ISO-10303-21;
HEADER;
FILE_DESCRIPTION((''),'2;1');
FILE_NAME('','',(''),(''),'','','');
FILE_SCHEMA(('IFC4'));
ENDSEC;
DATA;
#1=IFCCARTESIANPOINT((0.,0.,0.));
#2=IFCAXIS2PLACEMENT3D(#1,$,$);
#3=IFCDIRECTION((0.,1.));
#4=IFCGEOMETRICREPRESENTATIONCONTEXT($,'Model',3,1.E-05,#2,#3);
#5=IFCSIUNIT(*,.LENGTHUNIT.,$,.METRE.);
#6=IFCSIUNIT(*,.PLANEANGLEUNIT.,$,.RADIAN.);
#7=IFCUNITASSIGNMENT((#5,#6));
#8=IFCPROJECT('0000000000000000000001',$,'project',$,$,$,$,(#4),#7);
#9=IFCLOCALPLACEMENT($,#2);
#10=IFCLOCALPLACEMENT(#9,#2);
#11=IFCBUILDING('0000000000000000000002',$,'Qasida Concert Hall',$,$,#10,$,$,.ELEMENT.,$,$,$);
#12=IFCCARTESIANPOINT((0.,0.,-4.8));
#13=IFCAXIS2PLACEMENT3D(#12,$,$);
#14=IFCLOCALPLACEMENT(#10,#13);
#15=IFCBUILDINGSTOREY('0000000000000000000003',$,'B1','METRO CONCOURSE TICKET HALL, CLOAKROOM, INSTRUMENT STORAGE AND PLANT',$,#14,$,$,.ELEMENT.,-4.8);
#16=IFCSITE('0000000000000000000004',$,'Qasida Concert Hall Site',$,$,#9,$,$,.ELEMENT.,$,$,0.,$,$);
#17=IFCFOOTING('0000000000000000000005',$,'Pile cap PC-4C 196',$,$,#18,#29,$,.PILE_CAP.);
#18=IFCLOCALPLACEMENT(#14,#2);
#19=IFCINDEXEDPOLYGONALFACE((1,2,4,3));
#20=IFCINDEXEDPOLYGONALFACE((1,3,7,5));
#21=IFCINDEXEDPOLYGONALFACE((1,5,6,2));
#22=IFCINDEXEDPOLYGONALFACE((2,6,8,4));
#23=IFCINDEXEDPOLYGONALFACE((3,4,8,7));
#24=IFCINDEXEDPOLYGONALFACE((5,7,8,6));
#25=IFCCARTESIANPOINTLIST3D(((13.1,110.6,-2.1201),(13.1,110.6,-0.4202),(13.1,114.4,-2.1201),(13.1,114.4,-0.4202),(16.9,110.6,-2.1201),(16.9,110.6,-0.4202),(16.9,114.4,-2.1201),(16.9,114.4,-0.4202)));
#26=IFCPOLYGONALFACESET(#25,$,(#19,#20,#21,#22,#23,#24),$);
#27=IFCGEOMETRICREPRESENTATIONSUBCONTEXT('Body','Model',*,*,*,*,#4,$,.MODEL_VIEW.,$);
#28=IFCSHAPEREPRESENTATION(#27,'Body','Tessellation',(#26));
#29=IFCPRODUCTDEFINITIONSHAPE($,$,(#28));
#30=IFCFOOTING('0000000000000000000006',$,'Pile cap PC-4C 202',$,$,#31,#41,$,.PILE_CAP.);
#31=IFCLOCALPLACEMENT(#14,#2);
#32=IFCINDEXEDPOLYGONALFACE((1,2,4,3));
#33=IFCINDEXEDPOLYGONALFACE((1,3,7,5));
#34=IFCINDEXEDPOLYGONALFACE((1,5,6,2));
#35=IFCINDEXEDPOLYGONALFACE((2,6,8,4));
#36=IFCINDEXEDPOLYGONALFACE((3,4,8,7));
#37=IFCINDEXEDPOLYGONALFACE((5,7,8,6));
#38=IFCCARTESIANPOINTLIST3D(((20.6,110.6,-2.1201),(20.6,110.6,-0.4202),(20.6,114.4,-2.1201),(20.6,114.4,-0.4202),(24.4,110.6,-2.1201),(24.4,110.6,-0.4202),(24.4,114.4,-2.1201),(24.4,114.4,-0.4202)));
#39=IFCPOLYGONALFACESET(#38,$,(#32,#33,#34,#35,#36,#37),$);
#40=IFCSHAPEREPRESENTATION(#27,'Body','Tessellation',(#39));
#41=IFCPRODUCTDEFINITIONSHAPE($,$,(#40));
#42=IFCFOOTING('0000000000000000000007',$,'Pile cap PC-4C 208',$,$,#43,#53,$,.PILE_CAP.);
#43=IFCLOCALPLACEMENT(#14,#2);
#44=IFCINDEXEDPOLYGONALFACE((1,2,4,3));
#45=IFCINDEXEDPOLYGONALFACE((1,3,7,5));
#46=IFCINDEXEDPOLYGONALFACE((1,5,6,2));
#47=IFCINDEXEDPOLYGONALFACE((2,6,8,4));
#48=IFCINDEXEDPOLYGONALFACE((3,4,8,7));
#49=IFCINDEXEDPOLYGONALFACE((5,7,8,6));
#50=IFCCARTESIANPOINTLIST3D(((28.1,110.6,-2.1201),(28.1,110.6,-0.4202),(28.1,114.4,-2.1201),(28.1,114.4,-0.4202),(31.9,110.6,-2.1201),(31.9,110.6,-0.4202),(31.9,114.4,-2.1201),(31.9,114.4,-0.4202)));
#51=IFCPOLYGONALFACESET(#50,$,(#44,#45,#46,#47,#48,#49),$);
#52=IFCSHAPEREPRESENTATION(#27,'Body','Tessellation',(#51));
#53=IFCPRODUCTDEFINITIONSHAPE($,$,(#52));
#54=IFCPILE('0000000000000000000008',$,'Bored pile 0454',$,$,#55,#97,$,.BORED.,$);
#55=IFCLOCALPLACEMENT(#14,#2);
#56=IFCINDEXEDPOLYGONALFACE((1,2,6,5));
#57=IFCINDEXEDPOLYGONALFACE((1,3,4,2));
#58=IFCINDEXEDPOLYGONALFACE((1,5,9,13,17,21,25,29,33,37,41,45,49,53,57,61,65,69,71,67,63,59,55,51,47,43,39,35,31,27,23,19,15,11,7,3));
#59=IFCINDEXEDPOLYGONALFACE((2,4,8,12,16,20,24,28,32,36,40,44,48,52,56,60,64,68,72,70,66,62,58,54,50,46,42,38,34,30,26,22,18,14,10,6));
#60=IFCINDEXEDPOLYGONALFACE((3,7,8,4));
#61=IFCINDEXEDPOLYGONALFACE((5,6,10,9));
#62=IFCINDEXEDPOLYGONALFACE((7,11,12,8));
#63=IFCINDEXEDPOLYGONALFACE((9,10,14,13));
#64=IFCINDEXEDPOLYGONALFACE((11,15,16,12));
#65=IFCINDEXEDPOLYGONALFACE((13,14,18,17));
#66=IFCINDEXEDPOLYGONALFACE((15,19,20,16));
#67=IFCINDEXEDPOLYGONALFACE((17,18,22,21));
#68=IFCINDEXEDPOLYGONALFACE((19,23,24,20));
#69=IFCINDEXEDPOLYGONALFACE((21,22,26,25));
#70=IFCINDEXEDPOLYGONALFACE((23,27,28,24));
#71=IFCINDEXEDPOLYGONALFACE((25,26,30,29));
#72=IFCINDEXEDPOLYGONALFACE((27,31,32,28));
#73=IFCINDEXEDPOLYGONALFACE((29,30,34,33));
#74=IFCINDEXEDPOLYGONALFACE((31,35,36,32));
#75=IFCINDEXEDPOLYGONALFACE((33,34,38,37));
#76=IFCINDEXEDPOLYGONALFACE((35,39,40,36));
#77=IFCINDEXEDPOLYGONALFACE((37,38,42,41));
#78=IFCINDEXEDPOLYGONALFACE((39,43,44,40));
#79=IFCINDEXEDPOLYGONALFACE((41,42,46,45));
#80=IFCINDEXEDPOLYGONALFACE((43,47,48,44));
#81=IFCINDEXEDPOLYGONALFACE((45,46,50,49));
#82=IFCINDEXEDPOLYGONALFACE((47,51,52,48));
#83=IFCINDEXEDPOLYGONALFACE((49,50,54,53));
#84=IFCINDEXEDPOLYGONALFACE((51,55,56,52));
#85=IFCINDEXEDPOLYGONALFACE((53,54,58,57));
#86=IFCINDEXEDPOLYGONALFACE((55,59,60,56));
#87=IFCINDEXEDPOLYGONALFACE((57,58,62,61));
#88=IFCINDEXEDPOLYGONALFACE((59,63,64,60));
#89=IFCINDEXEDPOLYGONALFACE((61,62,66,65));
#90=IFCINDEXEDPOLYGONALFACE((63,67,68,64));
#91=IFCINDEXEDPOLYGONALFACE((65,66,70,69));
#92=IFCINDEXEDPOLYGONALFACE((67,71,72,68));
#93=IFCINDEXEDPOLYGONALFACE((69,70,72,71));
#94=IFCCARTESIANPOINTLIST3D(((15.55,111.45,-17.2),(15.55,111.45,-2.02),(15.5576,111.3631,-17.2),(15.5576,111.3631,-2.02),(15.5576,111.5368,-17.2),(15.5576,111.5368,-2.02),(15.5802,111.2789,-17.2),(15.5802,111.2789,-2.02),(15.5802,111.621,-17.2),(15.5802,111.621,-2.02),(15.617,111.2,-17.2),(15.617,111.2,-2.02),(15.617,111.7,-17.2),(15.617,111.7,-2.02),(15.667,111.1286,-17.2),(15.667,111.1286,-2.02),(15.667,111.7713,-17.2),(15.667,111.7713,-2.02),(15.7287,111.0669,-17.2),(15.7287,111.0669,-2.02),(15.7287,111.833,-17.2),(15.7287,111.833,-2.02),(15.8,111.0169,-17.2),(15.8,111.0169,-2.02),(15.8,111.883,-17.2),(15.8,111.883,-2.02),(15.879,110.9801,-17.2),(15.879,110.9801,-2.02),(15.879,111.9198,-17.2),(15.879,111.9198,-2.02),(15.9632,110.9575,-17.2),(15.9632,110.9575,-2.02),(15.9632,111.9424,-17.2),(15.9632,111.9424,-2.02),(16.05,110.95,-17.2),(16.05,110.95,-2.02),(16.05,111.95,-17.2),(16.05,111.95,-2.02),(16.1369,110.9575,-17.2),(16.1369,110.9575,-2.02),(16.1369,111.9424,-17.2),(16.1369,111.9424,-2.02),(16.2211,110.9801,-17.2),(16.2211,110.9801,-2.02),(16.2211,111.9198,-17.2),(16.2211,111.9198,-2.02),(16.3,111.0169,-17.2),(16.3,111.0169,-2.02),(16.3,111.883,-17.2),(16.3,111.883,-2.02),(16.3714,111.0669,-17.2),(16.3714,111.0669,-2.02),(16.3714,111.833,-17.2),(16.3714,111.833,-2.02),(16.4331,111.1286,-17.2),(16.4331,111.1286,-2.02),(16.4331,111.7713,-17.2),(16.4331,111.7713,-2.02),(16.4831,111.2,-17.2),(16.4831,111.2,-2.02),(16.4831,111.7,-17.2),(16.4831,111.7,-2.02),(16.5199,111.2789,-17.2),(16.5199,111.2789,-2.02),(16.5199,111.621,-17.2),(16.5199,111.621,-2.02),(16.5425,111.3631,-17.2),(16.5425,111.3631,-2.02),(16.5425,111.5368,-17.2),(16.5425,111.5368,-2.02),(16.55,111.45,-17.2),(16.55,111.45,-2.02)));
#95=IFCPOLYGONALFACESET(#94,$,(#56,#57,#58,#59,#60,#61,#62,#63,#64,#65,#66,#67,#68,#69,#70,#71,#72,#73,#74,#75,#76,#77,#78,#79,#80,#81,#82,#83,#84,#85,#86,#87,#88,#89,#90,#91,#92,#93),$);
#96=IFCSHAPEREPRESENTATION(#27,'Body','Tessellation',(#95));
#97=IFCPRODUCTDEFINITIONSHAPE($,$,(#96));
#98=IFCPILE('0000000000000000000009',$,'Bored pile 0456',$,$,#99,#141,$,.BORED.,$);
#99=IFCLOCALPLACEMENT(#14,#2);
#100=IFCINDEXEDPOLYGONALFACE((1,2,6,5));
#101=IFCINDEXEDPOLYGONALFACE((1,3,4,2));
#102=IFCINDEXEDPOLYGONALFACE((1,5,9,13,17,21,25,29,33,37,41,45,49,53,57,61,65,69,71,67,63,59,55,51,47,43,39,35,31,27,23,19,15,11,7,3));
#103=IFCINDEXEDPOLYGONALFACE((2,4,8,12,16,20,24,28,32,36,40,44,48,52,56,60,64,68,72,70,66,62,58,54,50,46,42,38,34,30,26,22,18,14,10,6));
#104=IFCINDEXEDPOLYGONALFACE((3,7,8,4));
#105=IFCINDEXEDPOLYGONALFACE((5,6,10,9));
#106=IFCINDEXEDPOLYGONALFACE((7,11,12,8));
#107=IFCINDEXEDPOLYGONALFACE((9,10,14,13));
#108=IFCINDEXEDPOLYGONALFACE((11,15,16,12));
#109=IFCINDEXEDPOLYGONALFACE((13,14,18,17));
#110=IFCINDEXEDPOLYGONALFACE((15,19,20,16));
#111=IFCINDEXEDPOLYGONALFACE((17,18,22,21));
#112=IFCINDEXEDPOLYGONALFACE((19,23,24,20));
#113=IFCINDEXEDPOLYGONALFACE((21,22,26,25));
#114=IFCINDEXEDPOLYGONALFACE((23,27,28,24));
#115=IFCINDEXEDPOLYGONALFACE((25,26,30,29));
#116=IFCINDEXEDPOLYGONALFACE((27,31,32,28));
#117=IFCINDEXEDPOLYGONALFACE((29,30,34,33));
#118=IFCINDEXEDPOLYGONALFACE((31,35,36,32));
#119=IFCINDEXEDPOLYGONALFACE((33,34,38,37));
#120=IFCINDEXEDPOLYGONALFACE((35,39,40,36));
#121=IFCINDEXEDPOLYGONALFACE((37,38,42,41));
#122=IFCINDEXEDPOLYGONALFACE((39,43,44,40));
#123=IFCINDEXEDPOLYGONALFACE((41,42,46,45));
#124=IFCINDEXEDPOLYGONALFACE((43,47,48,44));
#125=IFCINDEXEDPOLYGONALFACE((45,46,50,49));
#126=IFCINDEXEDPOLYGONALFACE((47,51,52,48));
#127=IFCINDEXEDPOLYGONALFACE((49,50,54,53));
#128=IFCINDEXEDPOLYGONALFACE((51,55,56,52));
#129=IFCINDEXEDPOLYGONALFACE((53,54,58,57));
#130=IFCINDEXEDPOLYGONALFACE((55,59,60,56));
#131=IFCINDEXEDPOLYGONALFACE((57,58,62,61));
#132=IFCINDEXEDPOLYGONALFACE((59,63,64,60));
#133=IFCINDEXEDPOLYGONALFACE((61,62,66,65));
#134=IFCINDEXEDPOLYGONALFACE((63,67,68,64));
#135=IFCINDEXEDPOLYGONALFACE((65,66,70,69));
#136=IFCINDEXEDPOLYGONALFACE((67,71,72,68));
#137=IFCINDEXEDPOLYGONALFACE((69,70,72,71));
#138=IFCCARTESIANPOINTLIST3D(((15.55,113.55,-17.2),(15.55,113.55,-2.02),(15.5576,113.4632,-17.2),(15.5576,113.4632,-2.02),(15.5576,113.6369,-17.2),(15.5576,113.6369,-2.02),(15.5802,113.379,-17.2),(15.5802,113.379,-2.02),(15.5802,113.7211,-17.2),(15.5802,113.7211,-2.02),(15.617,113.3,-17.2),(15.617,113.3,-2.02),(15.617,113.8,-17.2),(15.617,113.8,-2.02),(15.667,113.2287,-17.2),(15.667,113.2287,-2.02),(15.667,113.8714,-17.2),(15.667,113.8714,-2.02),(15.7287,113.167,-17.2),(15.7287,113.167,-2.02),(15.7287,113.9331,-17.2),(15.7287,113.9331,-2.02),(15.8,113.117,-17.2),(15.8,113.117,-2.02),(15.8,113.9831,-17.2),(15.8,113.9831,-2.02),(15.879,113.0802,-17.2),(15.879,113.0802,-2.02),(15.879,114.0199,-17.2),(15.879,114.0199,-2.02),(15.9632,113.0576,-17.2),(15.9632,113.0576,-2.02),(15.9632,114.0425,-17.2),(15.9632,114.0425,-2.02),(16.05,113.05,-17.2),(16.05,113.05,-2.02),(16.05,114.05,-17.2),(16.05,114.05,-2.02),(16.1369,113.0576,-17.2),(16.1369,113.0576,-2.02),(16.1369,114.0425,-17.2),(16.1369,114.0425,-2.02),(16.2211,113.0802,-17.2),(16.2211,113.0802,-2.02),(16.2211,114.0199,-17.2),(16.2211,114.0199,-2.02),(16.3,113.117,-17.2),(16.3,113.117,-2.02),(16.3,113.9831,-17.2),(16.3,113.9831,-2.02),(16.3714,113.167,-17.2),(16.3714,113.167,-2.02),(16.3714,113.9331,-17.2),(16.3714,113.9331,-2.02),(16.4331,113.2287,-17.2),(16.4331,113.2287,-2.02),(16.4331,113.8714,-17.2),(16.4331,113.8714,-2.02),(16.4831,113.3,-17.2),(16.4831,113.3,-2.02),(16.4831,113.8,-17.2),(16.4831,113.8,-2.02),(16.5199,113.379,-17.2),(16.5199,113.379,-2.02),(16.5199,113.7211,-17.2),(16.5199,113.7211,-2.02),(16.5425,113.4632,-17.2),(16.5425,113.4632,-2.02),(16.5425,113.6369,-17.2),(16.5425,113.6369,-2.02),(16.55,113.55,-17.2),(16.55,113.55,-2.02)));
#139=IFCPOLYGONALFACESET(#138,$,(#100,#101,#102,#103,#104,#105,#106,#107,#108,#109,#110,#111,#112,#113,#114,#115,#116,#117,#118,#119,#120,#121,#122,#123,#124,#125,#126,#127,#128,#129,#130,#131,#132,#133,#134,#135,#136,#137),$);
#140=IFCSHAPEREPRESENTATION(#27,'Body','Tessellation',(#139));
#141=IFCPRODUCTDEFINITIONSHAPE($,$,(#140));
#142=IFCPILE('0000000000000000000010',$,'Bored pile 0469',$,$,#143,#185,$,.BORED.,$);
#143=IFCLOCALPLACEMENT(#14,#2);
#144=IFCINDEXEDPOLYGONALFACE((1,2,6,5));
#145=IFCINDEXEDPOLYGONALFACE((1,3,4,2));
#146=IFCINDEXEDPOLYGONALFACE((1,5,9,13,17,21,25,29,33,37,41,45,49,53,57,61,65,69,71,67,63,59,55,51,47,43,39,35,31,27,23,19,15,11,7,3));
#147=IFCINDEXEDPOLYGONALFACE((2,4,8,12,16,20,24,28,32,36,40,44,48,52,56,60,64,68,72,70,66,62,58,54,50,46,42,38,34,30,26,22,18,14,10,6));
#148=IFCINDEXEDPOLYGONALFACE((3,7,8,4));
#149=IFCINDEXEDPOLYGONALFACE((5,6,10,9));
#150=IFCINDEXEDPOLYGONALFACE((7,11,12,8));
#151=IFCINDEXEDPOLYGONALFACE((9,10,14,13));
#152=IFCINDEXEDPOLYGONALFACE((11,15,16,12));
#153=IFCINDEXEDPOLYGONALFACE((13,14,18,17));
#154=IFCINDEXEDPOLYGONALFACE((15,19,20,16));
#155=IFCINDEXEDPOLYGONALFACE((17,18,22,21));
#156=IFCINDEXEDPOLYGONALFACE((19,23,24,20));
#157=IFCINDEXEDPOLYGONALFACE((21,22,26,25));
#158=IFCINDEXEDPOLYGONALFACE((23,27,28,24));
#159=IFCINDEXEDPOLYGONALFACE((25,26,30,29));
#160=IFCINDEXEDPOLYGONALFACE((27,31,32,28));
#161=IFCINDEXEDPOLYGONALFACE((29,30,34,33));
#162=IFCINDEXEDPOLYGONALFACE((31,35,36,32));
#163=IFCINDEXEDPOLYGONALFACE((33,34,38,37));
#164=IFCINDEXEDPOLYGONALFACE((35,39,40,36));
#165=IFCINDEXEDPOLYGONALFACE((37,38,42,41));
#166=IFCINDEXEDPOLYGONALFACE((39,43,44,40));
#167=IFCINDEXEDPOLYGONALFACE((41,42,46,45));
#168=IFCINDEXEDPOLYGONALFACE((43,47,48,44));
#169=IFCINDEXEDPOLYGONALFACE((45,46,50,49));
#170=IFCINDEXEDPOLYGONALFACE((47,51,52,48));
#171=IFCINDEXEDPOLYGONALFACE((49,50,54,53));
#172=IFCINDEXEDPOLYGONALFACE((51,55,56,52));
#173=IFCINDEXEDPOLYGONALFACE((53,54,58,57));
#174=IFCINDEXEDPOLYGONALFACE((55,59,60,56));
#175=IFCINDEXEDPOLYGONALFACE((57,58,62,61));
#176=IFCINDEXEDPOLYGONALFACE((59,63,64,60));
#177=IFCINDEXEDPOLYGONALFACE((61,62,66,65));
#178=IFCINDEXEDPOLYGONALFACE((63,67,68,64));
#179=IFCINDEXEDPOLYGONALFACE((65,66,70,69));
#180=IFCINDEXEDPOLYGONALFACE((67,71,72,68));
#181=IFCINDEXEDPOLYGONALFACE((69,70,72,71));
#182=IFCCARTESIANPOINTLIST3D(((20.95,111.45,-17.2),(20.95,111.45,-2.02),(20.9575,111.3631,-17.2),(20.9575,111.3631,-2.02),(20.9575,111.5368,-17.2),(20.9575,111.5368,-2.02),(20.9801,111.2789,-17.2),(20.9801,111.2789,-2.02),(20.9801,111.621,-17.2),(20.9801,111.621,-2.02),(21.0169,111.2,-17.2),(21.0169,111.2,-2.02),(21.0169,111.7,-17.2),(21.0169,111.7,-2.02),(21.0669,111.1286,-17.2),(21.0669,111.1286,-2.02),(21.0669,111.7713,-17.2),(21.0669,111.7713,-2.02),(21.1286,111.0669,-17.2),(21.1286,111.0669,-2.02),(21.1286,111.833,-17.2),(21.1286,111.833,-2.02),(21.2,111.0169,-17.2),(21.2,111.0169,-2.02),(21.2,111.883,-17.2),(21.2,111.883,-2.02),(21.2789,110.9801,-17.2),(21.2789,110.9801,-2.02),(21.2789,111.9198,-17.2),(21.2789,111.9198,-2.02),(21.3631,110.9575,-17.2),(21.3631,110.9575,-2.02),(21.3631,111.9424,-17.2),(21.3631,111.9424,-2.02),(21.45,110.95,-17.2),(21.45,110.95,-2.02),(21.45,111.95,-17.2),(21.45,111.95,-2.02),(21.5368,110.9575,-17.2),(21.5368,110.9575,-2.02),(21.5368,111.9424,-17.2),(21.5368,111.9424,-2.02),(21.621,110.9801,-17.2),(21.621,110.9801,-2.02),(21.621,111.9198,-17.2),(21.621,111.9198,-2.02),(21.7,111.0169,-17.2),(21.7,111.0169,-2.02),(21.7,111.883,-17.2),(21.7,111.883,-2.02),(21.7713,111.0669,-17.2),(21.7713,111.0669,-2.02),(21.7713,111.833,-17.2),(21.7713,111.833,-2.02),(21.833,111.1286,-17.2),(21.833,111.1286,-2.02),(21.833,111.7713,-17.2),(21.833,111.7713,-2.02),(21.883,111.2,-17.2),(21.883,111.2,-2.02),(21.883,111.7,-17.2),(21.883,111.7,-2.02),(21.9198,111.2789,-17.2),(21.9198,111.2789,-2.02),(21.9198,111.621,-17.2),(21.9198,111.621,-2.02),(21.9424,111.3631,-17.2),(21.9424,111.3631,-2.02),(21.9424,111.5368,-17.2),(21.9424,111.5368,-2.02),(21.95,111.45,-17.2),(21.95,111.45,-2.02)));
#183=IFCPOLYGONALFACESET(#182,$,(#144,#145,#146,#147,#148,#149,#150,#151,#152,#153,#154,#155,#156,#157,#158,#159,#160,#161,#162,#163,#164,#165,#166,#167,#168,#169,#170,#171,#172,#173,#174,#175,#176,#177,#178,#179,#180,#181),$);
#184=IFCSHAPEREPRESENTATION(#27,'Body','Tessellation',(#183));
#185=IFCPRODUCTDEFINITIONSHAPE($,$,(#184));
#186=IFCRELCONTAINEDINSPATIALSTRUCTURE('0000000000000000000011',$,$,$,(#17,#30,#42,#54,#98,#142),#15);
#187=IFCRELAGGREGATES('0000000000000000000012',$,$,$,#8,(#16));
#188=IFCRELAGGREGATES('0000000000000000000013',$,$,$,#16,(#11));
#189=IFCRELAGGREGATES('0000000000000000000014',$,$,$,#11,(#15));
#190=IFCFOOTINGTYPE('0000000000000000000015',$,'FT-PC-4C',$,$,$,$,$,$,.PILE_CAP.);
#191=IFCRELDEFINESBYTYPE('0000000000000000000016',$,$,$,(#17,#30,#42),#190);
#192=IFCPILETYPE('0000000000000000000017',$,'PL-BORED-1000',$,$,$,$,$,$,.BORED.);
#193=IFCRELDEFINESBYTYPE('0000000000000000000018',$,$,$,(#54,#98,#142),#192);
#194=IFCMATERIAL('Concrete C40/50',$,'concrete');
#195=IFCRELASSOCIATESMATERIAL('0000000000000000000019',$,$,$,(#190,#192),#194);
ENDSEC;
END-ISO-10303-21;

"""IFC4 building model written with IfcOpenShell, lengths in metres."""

from ifc_helpers import new_model, si_unit, direction, frame, origin, origin_2d, place, context, subcontext, project, spatial, rectangle, circle, extrude, material, material_profile, profile_set, type_object, element, save


model = new_model("IFC4")

# Units and contexts
model_context = context("Model", 3, precision=1e-05, world=origin(), true_north=direction((0.0, 1.0)))
body_context = subcontext(model_context, "Body", "Model", "MODEL_VIEW")
ifc_project = project(units=[si_unit("LENGTHUNIT", "METRE"), si_unit("PLANEANGLEUNIT", "RADIAN")], contexts=[model_context])

# Site, building, storey
site_placement = place(None, origin())
site = spatial("IfcSite", under=ifc_project, at=site_placement, Name="Qasida Concert Hall Site", CompositionType="ELEMENT", RefElevation=0.0)
building_placement = place(site_placement, origin())
building = spatial("IfcBuilding", under=site, at=building_placement, Name="Qasida Concert Hall", CompositionType="ELEMENT")
storey_placement = place(building_placement, frame((0.0, 0.0, -4.8)))
storey = spatial("IfcBuildingStorey", under=building, at=storey_placement, Name="B1", Description="METRO CONCOURSE TICKET HALL, CLOAKROOM, INSTRUMENT STORAGE AND PLANT", CompositionType="ELEMENT", Elevation=-4.8)

# Footings
ifc_material_1 = material(Name="Concrete C40/50", Category="concrete")
footing_type = type_object("IfcFootingType", Name="FT-PC-4C", PredefinedType="PILE_CAP", material=ifc_material_1)
for number, where, z_axis, x_axis, name in (
    (1, (15.0, 112.5, -2.1201), (0.0, 0.0, 1.0), (1.0, 0.0, 0.0), "Pile cap PC-4C 196"),
    (2, (22.5, 112.5, -2.1201), (0.0, 0.0, 1.0), (1.0, 0.0, 0.0), "Pile cap PC-4C 202"),
    (3, (30.0, 112.5, -2.1201), (0.0, 0.0, 1.0), (1.0, 0.0, 0.0), "Pile cap PC-4C 208"),
):
    element("IfcFooting", number, at=place(storey_placement, frame(where, z_axis=z_axis, x_axis=x_axis)), inside=storey, type_object=footing_type, Name=name, PredefinedType="PILE_CAP", context=body_context, shape_type="SweptSolid", body=[
        extrude(rectangle(XDim=3.8, YDim=3.8, at=origin_2d()), origin(), (0.0, 0.0, 1.0), 1.7),
    ])

# Piles
ifc_material_profile_1 = material_profile(ifc_material_1, circle(Radius=0.5, at=origin_2d()), Name="BORED PILE D1000")
ifc_profile_set_1 = profile_set([ifc_material_profile_1], Name="Concrete C40/50")
pile_type = type_object("IfcPileType", Name="PL-BORED-1000", PredefinedType="BORED", material=ifc_profile_set_1)
for number, where, z_axis, x_axis, name in (
    (4, (16.05, 111.45, -2.02), (0.0, 0.0, -1.0), (1.0, 0.0, 0.0), "Bored pile 0454"),
    (5, (16.05, 113.55, -2.02), (0.0, 0.0, -1.0), (1.0, 0.0, 0.0), "Bored pile 0456"),
    (6, (21.45, 111.45, -2.02), (0.0, 0.0, -1.0), (1.0, 0.0, 0.0), "Bored pile 0469"),
):
    element("IfcPile", number, at=place(storey_placement, frame(where, z_axis=z_axis, x_axis=x_axis)), inside=storey, type_object=pile_type, Name=name, PredefinedType="BORED", context=body_context, shape_type="SweptSolid", body=[
        extrude(circle(Radius=0.5, at=origin_2d()), origin(), (0.0, 0.0, 1.0), 15.1799),
    ])

save(model, "model.ifc")
